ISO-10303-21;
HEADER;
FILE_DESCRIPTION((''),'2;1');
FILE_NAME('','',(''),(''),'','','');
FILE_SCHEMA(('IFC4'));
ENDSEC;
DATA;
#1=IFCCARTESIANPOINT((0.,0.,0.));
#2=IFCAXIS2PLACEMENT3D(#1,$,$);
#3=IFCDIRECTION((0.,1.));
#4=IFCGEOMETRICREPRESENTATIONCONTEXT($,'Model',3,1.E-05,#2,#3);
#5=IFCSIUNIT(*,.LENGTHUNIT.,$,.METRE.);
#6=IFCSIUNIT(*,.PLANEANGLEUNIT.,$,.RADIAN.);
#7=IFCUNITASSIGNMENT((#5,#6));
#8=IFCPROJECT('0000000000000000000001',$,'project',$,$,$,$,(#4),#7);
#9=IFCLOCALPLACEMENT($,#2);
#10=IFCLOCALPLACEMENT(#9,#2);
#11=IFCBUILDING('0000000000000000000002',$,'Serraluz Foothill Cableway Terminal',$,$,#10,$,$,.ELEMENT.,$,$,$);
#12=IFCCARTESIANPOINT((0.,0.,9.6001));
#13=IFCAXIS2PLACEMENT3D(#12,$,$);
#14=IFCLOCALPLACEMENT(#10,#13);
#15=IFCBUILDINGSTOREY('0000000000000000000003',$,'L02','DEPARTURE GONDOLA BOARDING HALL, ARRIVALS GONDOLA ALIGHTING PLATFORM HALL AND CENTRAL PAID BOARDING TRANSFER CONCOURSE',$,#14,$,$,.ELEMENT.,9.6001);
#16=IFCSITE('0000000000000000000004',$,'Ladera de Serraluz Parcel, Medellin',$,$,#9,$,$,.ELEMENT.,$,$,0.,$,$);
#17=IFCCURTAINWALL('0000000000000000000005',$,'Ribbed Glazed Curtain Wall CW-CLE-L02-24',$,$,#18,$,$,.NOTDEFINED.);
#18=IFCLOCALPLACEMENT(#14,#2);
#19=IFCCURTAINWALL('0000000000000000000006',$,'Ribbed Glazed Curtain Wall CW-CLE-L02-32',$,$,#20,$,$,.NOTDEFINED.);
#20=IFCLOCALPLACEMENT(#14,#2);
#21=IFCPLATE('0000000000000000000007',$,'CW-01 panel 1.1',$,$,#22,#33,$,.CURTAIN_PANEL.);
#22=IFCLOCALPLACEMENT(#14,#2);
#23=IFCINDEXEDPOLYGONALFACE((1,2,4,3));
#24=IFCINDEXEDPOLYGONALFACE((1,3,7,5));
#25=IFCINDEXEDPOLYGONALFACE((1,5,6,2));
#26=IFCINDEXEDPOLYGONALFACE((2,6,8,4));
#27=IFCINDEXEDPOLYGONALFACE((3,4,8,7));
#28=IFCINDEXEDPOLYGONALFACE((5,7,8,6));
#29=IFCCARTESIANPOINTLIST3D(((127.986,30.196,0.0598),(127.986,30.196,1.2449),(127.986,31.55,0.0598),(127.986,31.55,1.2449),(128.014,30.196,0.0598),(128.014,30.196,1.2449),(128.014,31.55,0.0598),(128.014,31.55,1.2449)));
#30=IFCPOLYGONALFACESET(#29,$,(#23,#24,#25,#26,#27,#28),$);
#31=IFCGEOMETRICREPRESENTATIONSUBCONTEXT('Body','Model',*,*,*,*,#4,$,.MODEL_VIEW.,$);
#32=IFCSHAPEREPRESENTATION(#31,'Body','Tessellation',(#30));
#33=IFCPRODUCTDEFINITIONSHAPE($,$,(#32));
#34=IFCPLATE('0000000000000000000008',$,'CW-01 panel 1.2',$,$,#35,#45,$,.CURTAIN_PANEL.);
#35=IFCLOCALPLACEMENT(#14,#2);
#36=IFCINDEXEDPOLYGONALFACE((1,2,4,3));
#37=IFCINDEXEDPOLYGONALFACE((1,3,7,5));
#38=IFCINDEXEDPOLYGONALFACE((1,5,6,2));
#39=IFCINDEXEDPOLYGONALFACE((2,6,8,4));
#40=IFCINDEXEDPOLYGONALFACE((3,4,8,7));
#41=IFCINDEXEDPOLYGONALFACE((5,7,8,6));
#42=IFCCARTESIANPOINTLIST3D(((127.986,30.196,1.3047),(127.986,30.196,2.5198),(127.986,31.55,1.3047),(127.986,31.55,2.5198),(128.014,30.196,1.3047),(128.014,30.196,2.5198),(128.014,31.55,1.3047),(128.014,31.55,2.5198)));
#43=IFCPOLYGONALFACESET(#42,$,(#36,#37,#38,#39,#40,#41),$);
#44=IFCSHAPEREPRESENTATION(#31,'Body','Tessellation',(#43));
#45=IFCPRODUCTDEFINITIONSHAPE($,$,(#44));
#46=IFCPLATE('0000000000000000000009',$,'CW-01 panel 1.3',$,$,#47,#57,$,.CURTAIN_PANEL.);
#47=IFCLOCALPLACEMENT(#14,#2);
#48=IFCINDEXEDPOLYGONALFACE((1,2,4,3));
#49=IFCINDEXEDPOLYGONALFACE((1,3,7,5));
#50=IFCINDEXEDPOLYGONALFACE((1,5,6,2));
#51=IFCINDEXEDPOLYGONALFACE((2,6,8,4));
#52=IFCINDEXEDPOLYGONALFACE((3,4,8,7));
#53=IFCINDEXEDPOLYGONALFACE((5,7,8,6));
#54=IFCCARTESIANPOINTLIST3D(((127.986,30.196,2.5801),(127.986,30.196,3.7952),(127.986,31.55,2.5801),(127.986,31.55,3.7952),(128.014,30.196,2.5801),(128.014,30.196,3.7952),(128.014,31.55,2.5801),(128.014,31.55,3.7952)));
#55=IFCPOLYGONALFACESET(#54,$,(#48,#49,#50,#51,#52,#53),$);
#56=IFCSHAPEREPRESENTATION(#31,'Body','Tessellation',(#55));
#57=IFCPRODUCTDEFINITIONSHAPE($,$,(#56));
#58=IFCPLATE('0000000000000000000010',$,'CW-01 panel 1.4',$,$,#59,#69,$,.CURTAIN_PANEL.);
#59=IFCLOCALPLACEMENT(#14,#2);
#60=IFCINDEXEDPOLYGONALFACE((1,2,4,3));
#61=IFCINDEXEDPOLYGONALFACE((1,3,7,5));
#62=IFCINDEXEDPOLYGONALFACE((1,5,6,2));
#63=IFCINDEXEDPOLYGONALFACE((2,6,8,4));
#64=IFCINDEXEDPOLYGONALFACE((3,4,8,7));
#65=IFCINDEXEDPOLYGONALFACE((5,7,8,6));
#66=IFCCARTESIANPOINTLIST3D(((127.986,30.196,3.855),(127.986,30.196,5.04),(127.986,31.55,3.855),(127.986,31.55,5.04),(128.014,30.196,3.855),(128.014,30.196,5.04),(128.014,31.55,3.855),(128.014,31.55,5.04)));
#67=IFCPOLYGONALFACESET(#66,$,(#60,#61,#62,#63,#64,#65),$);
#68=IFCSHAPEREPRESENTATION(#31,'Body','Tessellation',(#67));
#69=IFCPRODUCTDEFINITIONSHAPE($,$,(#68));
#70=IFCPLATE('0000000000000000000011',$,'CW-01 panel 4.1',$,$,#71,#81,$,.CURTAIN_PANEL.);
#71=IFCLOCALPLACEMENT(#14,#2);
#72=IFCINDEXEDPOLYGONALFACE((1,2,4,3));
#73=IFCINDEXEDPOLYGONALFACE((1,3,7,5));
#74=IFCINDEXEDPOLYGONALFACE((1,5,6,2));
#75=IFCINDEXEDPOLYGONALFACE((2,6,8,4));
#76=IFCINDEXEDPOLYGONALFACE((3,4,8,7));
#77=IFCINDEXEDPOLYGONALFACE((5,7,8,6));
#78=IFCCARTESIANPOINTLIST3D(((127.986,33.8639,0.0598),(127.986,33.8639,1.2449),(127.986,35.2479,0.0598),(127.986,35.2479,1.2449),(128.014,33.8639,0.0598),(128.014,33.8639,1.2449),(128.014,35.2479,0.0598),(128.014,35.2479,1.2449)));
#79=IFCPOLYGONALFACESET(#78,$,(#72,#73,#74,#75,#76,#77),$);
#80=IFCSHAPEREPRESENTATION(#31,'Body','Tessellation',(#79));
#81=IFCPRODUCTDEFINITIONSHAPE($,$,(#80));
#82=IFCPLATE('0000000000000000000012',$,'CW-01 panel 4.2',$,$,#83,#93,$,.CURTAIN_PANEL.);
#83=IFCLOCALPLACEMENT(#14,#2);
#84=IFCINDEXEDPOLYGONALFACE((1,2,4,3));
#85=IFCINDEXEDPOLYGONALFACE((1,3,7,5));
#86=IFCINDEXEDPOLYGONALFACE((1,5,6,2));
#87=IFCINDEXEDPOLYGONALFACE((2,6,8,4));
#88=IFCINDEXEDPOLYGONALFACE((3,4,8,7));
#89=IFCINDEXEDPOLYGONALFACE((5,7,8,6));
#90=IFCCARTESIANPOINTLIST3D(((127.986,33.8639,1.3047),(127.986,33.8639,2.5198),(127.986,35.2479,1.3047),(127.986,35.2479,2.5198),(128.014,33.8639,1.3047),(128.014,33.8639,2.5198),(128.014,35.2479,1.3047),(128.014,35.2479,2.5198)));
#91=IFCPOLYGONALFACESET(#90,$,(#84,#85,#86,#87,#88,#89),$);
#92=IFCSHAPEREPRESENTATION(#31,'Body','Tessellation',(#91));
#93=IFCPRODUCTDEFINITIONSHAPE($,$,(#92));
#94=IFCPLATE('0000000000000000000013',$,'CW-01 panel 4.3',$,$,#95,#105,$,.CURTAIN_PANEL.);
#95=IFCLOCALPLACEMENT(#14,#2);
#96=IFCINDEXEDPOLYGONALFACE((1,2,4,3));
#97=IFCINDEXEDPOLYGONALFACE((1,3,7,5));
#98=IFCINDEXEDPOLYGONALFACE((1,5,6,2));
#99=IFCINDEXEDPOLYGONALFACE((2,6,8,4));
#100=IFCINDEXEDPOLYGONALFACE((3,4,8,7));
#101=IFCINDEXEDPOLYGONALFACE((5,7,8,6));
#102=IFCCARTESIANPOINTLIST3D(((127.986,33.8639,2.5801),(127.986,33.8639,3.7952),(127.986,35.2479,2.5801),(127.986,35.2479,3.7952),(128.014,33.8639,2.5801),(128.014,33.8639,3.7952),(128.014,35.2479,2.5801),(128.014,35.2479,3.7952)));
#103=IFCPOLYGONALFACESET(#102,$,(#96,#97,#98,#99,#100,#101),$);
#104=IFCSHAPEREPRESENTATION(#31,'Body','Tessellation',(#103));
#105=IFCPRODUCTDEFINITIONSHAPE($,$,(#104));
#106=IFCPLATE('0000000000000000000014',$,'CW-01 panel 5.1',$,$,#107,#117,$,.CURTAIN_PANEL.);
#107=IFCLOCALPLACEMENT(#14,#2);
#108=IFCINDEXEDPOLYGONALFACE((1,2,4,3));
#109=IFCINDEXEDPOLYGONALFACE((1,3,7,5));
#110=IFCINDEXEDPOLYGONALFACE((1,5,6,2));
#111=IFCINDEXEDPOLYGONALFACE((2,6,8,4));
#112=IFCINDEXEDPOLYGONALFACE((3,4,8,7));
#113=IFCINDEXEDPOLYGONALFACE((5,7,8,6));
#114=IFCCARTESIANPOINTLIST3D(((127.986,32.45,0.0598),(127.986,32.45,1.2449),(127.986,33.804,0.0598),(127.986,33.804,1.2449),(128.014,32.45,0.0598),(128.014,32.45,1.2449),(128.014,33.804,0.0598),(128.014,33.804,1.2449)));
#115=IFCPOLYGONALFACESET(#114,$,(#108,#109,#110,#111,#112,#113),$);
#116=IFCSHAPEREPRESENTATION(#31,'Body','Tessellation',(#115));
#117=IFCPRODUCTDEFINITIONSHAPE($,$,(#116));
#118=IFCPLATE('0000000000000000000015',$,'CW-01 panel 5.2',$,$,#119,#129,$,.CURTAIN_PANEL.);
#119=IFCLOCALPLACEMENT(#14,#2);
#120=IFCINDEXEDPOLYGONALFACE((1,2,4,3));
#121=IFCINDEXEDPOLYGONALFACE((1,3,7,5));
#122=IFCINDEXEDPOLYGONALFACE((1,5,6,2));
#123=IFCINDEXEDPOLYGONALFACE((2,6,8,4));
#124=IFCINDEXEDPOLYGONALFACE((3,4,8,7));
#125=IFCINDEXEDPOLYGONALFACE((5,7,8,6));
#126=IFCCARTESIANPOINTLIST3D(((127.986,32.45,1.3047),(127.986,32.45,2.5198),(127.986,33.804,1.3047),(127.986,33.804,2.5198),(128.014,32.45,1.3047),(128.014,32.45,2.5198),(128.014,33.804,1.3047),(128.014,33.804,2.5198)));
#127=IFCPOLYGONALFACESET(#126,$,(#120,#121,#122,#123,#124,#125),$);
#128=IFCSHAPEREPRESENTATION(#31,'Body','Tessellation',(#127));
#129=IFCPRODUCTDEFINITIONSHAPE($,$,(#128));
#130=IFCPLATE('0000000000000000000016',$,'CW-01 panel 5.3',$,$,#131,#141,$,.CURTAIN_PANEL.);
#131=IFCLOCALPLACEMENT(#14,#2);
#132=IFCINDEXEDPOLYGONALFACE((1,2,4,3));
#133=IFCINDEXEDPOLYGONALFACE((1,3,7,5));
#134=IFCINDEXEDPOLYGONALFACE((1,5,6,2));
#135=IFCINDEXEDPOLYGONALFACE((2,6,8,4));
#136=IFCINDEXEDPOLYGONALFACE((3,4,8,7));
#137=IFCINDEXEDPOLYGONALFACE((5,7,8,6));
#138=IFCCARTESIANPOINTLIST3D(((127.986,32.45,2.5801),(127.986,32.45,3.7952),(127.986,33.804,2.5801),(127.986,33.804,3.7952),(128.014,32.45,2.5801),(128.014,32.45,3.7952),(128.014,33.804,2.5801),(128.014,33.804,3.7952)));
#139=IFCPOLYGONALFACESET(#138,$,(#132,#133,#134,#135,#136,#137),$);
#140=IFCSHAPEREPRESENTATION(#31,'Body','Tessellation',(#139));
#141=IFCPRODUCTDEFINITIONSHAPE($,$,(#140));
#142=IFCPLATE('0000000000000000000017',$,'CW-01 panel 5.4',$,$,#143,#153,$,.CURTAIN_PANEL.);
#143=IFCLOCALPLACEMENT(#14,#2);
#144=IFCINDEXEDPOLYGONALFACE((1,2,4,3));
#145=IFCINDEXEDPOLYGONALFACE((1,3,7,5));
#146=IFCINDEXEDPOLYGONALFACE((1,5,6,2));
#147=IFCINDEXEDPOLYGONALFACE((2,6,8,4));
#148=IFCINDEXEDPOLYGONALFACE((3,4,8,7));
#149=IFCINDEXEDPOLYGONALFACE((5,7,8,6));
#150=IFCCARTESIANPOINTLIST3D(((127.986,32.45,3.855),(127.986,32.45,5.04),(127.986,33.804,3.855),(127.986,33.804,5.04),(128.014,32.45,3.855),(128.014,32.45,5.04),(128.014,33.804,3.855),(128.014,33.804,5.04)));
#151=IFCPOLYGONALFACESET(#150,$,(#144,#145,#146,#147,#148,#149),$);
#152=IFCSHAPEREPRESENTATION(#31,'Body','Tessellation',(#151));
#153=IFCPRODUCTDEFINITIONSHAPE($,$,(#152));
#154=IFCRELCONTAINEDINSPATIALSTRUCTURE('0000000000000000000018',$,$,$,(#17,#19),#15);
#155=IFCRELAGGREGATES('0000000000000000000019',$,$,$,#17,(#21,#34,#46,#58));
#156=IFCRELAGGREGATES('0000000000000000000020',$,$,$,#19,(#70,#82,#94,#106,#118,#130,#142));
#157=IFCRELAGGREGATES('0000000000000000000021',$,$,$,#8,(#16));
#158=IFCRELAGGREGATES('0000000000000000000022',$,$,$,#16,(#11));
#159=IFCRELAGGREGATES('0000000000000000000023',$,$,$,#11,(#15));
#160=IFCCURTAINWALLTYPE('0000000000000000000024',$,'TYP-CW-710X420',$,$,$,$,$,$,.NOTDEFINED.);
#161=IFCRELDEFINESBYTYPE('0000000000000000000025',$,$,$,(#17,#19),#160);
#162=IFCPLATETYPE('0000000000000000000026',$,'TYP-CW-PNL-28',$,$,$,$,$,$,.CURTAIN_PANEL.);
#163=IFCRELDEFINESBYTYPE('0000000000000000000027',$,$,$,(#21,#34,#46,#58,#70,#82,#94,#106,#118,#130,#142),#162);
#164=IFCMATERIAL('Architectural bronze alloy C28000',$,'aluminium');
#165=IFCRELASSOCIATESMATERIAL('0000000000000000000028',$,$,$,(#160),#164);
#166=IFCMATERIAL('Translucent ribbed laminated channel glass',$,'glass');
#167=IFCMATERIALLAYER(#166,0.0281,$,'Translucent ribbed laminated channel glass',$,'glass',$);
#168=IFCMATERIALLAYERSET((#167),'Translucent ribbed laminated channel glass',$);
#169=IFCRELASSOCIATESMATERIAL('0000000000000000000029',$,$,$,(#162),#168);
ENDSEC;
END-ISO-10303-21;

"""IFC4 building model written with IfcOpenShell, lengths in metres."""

from ifc_helpers import new_model, si_unit, direction, frame, origin, origin_2d, place, context, subcontext, project, spatial, rectangle, extrude, material, layer, layer_set, type_object, element, aggregate, save


model = new_model("IFC4")

# Units and contexts
model_context = context("Model", 3, precision=1e-05, world=origin(), true_north=direction((0.0, 1.0)))
body_context = subcontext(model_context, "Body", "Model", "MODEL_VIEW")
ifc_project = project(units=[si_unit("LENGTHUNIT", "METRE"), si_unit("PLANEANGLEUNIT", "RADIAN")], contexts=[model_context])

# Site, building, storey
site_placement = place(None, origin())
site = spatial("IfcSite", under=ifc_project, at=site_placement, Name="Ladera de Serraluz Parcel, Medellin", CompositionType="ELEMENT", RefElevation=0.0)
building_placement = place(site_placement, origin())
building = spatial("IfcBuilding", under=site, at=building_placement, Name="Serraluz Foothill Cableway Terminal", CompositionType="ELEMENT")
storey_placement = place(building_placement, frame((0.0, 0.0, 9.6001)))
storey = spatial("IfcBuildingStorey", under=building, at=storey_placement, Name="L02", Description="DEPARTURE GONDOLA BOARDING HALL, ARRIVALS GONDOLA ALIGHTING PLATFORM HALL AND CENTRAL PAID BOARDING TRANSFER CONCOURSE", CompositionType="ELEMENT", Elevation=9.6001)

# Curtain wall
ifc_material_1 = material(Name="Architectural bronze alloy C28000", Category="aluminium")
curtain_wall_type = type_object("IfcCurtainWallType", Name="TYP-CW-710X420", PredefinedType="NOTDEFINED", material=ifc_material_1)
curtain_wall_1_placement = place(storey_placement, origin())
curtain_wall_1 = element("IfcCurtainWall", 1, at=curtain_wall_1_placement, inside=storey, type_object=curtain_wall_type, Name="Ribbed Glazed Curtain Wall CW-CLE-L02-24", PredefinedType="NOTDEFINED")

# Curtain wall
curtain_wall_2_placement = place(storey_placement, origin())
curtain_wall_2 = element("IfcCurtainWall", 2, at=curtain_wall_2_placement, inside=storey, type_object=curtain_wall_type, Name="Ribbed Glazed Curtain Wall CW-CLE-L02-32", PredefinedType="NOTDEFINED")

# Plates
ifc_material_2 = material(Name="Translucent ribbed laminated channel glass", Category="glass")
ifc_layer = layer(ifc_material_2, 0.0281, Name="Translucent ribbed laminated channel glass", Category="glass")
ifc_layer_set = layer_set([ifc_layer], Name="Translucent ribbed laminated channel glass")
plate_type = type_object("IfcPlateType", Name="TYP-CW-PNL-28", PredefinedType="CURTAIN_PANEL", material=ifc_layer_set)
plate_1_placement = place(storey_placement, frame((128.0, 30.873, 0.0598), z_axis=(0.0, 0.0, 1.0), x_axis=(0.0, -1.0, 0.0)))
plate_1 = element("IfcPlate", 3, at=plate_1_placement, type_object=plate_type, Name="CW-01 panel 1.1", PredefinedType="CURTAIN_PANEL", context=body_context, shape_type="SweptSolid", body=[
    extrude(rectangle(XDim=1.354, YDim=0.0281, at=origin_2d()), origin(), (0.0, 0.0, 1.0), 1.1851),
])
plate_2_placement = place(storey_placement, frame((128.0, 30.873, 1.3047), z_axis=(0.0, 0.0, 1.0), x_axis=(0.0, -1.0, 0.0)))
plate_2 = element("IfcPlate", 4, at=plate_2_placement, type_object=plate_type, Name="CW-01 panel 1.2", PredefinedType="CURTAIN_PANEL", context=body_context, shape_type="SweptSolid", body=[
    extrude(rectangle(XDim=1.354, YDim=0.0281, at=origin_2d()), origin(), (0.0, 0.0, 1.0), 1.2151),
])
plate_3_placement = place(storey_placement, frame((128.0, 30.873, 2.5801), z_axis=(0.0, 0.0, 1.0), x_axis=(0.0, -1.0, 0.0)))
plate_3 = element("IfcPlate", 5, at=plate_3_placement, type_object=plate_type, Name="CW-01 panel 1.3", PredefinedType="CURTAIN_PANEL", context=body_context, shape_type="SweptSolid", body=[
    extrude(rectangle(XDim=1.354, YDim=0.0281, at=origin_2d()), origin(), (0.0, 0.0, 1.0), 1.2151),
])
plate_4_placement = place(storey_placement, frame((128.0, 30.873, 3.855), z_axis=(0.0, 0.0, 1.0), x_axis=(0.0, -1.0, 0.0)))
plate_4 = element("IfcPlate", 6, at=plate_4_placement, type_object=plate_type, Name="CW-01 panel 1.4", PredefinedType="CURTAIN_PANEL", context=body_context, shape_type="SweptSolid", body=[
    extrude(rectangle(XDim=1.354, YDim=0.0281, at=origin_2d()), origin(), (0.0, 0.0, 1.0), 1.1851),
])
aggregate(curtain_wall_1, [plate_1, plate_2, plate_3, plate_4])
plate_5_placement = place(storey_placement, frame((128.0, 34.5559, 0.0598), z_axis=(0.0, 0.0, 1.0), x_axis=(0.0, -1.0, 0.0)))
plate_5 = element("IfcPlate", 7, at=plate_5_placement, type_object=plate_type, Name="CW-01 panel 4.1", PredefinedType="CURTAIN_PANEL", context=body_context, shape_type="SweptSolid", body=[
    extrude(rectangle(XDim=1.384, YDim=0.0281, at=origin_2d()), origin(), (0.0, 0.0, 1.0), 1.1851),
])
plate_6_placement = place(storey_placement, frame((128.0, 34.5559, 1.3047), z_axis=(0.0, 0.0, 1.0), x_axis=(0.0, -1.0, 0.0)))
plate_6 = element("IfcPlate", 8, at=plate_6_placement, type_object=plate_type, Name="CW-01 panel 4.2", PredefinedType="CURTAIN_PANEL", context=body_context, shape_type="SweptSolid", body=[
    extrude(rectangle(XDim=1.384, YDim=0.0281, at=origin_2d()), origin(), (0.0, 0.0, 1.0), 1.2151),
])
plate_7_placement = place(storey_placement, frame((128.0, 34.5559, 2.5801), z_axis=(0.0, 0.0, 1.0), x_axis=(0.0, -1.0, 0.0)))
plate_7 = element("IfcPlate", 9, at=plate_7_placement, type_object=plate_type, Name="CW-01 panel 4.3", PredefinedType="CURTAIN_PANEL", context=body_context, shape_type="SweptSolid", body=[
    extrude(rectangle(XDim=1.384, YDim=0.0281, at=origin_2d()), origin(), (0.0, 0.0, 1.0), 1.2151),
])
plate_8_placement = place(storey_placement, frame((128.0, 33.127, 0.0598), z_axis=(0.0, 0.0, 1.0), x_axis=(0.0, -1.0, 0.0)))
plate_8 = element("IfcPlate", 10, at=plate_8_placement, type_object=plate_type, Name="CW-01 panel 5.1", PredefinedType="CURTAIN_PANEL", context=body_context, shape_type="SweptSolid", body=[
    extrude(rectangle(XDim=1.354, YDim=0.0281, at=origin_2d()), origin(), (0.0, 0.0, 1.0), 1.1851),
])
plate_9_placement = place(storey_placement, frame((128.0, 33.127, 1.3047), z_axis=(0.0, 0.0, 1.0), x_axis=(0.0, -1.0, 0.0)))
plate_9 = element("IfcPlate", 11, at=plate_9_placement, type_object=plate_type, Name="CW-01 panel 5.2", PredefinedType="CURTAIN_PANEL", context=body_context, shape_type="SweptSolid", body=[
    extrude(rectangle(XDim=1.354, YDim=0.0281, at=origin_2d()), origin(), (0.0, 0.0, 1.0), 1.2151),
])
plate_10_placement = place(storey_placement, frame((128.0, 33.127, 2.5801), z_axis=(0.0, 0.0, 1.0), x_axis=(0.0, -1.0, 0.0)))
plate_10 = element("IfcPlate", 12, at=plate_10_placement, type_object=plate_type, Name="CW-01 panel 5.3", PredefinedType="CURTAIN_PANEL", context=body_context, shape_type="SweptSolid", body=[
    extrude(rectangle(XDim=1.354, YDim=0.0281, at=origin_2d()), origin(), (0.0, 0.0, 1.0), 1.2151),
])
plate_11_placement = place(storey_placement, frame((128.0, 33.127, 3.855), z_axis=(0.0, 0.0, 1.0), x_axis=(0.0, -1.0, 0.0)))
plate_11 = element("IfcPlate", 13, at=plate_11_placement, type_object=plate_type, Name="CW-01 panel 5.4", PredefinedType="CURTAIN_PANEL", context=body_context, shape_type="SweptSolid", body=[
    extrude(rectangle(XDim=1.354, YDim=0.0281, at=origin_2d()), origin(), (0.0, 0.0, 1.0), 1.1851),
])
aggregate(curtain_wall_2, [plate_5, plate_6, plate_7, plate_8, plate_9, plate_10, plate_11])

save(model, "model.ifc")
